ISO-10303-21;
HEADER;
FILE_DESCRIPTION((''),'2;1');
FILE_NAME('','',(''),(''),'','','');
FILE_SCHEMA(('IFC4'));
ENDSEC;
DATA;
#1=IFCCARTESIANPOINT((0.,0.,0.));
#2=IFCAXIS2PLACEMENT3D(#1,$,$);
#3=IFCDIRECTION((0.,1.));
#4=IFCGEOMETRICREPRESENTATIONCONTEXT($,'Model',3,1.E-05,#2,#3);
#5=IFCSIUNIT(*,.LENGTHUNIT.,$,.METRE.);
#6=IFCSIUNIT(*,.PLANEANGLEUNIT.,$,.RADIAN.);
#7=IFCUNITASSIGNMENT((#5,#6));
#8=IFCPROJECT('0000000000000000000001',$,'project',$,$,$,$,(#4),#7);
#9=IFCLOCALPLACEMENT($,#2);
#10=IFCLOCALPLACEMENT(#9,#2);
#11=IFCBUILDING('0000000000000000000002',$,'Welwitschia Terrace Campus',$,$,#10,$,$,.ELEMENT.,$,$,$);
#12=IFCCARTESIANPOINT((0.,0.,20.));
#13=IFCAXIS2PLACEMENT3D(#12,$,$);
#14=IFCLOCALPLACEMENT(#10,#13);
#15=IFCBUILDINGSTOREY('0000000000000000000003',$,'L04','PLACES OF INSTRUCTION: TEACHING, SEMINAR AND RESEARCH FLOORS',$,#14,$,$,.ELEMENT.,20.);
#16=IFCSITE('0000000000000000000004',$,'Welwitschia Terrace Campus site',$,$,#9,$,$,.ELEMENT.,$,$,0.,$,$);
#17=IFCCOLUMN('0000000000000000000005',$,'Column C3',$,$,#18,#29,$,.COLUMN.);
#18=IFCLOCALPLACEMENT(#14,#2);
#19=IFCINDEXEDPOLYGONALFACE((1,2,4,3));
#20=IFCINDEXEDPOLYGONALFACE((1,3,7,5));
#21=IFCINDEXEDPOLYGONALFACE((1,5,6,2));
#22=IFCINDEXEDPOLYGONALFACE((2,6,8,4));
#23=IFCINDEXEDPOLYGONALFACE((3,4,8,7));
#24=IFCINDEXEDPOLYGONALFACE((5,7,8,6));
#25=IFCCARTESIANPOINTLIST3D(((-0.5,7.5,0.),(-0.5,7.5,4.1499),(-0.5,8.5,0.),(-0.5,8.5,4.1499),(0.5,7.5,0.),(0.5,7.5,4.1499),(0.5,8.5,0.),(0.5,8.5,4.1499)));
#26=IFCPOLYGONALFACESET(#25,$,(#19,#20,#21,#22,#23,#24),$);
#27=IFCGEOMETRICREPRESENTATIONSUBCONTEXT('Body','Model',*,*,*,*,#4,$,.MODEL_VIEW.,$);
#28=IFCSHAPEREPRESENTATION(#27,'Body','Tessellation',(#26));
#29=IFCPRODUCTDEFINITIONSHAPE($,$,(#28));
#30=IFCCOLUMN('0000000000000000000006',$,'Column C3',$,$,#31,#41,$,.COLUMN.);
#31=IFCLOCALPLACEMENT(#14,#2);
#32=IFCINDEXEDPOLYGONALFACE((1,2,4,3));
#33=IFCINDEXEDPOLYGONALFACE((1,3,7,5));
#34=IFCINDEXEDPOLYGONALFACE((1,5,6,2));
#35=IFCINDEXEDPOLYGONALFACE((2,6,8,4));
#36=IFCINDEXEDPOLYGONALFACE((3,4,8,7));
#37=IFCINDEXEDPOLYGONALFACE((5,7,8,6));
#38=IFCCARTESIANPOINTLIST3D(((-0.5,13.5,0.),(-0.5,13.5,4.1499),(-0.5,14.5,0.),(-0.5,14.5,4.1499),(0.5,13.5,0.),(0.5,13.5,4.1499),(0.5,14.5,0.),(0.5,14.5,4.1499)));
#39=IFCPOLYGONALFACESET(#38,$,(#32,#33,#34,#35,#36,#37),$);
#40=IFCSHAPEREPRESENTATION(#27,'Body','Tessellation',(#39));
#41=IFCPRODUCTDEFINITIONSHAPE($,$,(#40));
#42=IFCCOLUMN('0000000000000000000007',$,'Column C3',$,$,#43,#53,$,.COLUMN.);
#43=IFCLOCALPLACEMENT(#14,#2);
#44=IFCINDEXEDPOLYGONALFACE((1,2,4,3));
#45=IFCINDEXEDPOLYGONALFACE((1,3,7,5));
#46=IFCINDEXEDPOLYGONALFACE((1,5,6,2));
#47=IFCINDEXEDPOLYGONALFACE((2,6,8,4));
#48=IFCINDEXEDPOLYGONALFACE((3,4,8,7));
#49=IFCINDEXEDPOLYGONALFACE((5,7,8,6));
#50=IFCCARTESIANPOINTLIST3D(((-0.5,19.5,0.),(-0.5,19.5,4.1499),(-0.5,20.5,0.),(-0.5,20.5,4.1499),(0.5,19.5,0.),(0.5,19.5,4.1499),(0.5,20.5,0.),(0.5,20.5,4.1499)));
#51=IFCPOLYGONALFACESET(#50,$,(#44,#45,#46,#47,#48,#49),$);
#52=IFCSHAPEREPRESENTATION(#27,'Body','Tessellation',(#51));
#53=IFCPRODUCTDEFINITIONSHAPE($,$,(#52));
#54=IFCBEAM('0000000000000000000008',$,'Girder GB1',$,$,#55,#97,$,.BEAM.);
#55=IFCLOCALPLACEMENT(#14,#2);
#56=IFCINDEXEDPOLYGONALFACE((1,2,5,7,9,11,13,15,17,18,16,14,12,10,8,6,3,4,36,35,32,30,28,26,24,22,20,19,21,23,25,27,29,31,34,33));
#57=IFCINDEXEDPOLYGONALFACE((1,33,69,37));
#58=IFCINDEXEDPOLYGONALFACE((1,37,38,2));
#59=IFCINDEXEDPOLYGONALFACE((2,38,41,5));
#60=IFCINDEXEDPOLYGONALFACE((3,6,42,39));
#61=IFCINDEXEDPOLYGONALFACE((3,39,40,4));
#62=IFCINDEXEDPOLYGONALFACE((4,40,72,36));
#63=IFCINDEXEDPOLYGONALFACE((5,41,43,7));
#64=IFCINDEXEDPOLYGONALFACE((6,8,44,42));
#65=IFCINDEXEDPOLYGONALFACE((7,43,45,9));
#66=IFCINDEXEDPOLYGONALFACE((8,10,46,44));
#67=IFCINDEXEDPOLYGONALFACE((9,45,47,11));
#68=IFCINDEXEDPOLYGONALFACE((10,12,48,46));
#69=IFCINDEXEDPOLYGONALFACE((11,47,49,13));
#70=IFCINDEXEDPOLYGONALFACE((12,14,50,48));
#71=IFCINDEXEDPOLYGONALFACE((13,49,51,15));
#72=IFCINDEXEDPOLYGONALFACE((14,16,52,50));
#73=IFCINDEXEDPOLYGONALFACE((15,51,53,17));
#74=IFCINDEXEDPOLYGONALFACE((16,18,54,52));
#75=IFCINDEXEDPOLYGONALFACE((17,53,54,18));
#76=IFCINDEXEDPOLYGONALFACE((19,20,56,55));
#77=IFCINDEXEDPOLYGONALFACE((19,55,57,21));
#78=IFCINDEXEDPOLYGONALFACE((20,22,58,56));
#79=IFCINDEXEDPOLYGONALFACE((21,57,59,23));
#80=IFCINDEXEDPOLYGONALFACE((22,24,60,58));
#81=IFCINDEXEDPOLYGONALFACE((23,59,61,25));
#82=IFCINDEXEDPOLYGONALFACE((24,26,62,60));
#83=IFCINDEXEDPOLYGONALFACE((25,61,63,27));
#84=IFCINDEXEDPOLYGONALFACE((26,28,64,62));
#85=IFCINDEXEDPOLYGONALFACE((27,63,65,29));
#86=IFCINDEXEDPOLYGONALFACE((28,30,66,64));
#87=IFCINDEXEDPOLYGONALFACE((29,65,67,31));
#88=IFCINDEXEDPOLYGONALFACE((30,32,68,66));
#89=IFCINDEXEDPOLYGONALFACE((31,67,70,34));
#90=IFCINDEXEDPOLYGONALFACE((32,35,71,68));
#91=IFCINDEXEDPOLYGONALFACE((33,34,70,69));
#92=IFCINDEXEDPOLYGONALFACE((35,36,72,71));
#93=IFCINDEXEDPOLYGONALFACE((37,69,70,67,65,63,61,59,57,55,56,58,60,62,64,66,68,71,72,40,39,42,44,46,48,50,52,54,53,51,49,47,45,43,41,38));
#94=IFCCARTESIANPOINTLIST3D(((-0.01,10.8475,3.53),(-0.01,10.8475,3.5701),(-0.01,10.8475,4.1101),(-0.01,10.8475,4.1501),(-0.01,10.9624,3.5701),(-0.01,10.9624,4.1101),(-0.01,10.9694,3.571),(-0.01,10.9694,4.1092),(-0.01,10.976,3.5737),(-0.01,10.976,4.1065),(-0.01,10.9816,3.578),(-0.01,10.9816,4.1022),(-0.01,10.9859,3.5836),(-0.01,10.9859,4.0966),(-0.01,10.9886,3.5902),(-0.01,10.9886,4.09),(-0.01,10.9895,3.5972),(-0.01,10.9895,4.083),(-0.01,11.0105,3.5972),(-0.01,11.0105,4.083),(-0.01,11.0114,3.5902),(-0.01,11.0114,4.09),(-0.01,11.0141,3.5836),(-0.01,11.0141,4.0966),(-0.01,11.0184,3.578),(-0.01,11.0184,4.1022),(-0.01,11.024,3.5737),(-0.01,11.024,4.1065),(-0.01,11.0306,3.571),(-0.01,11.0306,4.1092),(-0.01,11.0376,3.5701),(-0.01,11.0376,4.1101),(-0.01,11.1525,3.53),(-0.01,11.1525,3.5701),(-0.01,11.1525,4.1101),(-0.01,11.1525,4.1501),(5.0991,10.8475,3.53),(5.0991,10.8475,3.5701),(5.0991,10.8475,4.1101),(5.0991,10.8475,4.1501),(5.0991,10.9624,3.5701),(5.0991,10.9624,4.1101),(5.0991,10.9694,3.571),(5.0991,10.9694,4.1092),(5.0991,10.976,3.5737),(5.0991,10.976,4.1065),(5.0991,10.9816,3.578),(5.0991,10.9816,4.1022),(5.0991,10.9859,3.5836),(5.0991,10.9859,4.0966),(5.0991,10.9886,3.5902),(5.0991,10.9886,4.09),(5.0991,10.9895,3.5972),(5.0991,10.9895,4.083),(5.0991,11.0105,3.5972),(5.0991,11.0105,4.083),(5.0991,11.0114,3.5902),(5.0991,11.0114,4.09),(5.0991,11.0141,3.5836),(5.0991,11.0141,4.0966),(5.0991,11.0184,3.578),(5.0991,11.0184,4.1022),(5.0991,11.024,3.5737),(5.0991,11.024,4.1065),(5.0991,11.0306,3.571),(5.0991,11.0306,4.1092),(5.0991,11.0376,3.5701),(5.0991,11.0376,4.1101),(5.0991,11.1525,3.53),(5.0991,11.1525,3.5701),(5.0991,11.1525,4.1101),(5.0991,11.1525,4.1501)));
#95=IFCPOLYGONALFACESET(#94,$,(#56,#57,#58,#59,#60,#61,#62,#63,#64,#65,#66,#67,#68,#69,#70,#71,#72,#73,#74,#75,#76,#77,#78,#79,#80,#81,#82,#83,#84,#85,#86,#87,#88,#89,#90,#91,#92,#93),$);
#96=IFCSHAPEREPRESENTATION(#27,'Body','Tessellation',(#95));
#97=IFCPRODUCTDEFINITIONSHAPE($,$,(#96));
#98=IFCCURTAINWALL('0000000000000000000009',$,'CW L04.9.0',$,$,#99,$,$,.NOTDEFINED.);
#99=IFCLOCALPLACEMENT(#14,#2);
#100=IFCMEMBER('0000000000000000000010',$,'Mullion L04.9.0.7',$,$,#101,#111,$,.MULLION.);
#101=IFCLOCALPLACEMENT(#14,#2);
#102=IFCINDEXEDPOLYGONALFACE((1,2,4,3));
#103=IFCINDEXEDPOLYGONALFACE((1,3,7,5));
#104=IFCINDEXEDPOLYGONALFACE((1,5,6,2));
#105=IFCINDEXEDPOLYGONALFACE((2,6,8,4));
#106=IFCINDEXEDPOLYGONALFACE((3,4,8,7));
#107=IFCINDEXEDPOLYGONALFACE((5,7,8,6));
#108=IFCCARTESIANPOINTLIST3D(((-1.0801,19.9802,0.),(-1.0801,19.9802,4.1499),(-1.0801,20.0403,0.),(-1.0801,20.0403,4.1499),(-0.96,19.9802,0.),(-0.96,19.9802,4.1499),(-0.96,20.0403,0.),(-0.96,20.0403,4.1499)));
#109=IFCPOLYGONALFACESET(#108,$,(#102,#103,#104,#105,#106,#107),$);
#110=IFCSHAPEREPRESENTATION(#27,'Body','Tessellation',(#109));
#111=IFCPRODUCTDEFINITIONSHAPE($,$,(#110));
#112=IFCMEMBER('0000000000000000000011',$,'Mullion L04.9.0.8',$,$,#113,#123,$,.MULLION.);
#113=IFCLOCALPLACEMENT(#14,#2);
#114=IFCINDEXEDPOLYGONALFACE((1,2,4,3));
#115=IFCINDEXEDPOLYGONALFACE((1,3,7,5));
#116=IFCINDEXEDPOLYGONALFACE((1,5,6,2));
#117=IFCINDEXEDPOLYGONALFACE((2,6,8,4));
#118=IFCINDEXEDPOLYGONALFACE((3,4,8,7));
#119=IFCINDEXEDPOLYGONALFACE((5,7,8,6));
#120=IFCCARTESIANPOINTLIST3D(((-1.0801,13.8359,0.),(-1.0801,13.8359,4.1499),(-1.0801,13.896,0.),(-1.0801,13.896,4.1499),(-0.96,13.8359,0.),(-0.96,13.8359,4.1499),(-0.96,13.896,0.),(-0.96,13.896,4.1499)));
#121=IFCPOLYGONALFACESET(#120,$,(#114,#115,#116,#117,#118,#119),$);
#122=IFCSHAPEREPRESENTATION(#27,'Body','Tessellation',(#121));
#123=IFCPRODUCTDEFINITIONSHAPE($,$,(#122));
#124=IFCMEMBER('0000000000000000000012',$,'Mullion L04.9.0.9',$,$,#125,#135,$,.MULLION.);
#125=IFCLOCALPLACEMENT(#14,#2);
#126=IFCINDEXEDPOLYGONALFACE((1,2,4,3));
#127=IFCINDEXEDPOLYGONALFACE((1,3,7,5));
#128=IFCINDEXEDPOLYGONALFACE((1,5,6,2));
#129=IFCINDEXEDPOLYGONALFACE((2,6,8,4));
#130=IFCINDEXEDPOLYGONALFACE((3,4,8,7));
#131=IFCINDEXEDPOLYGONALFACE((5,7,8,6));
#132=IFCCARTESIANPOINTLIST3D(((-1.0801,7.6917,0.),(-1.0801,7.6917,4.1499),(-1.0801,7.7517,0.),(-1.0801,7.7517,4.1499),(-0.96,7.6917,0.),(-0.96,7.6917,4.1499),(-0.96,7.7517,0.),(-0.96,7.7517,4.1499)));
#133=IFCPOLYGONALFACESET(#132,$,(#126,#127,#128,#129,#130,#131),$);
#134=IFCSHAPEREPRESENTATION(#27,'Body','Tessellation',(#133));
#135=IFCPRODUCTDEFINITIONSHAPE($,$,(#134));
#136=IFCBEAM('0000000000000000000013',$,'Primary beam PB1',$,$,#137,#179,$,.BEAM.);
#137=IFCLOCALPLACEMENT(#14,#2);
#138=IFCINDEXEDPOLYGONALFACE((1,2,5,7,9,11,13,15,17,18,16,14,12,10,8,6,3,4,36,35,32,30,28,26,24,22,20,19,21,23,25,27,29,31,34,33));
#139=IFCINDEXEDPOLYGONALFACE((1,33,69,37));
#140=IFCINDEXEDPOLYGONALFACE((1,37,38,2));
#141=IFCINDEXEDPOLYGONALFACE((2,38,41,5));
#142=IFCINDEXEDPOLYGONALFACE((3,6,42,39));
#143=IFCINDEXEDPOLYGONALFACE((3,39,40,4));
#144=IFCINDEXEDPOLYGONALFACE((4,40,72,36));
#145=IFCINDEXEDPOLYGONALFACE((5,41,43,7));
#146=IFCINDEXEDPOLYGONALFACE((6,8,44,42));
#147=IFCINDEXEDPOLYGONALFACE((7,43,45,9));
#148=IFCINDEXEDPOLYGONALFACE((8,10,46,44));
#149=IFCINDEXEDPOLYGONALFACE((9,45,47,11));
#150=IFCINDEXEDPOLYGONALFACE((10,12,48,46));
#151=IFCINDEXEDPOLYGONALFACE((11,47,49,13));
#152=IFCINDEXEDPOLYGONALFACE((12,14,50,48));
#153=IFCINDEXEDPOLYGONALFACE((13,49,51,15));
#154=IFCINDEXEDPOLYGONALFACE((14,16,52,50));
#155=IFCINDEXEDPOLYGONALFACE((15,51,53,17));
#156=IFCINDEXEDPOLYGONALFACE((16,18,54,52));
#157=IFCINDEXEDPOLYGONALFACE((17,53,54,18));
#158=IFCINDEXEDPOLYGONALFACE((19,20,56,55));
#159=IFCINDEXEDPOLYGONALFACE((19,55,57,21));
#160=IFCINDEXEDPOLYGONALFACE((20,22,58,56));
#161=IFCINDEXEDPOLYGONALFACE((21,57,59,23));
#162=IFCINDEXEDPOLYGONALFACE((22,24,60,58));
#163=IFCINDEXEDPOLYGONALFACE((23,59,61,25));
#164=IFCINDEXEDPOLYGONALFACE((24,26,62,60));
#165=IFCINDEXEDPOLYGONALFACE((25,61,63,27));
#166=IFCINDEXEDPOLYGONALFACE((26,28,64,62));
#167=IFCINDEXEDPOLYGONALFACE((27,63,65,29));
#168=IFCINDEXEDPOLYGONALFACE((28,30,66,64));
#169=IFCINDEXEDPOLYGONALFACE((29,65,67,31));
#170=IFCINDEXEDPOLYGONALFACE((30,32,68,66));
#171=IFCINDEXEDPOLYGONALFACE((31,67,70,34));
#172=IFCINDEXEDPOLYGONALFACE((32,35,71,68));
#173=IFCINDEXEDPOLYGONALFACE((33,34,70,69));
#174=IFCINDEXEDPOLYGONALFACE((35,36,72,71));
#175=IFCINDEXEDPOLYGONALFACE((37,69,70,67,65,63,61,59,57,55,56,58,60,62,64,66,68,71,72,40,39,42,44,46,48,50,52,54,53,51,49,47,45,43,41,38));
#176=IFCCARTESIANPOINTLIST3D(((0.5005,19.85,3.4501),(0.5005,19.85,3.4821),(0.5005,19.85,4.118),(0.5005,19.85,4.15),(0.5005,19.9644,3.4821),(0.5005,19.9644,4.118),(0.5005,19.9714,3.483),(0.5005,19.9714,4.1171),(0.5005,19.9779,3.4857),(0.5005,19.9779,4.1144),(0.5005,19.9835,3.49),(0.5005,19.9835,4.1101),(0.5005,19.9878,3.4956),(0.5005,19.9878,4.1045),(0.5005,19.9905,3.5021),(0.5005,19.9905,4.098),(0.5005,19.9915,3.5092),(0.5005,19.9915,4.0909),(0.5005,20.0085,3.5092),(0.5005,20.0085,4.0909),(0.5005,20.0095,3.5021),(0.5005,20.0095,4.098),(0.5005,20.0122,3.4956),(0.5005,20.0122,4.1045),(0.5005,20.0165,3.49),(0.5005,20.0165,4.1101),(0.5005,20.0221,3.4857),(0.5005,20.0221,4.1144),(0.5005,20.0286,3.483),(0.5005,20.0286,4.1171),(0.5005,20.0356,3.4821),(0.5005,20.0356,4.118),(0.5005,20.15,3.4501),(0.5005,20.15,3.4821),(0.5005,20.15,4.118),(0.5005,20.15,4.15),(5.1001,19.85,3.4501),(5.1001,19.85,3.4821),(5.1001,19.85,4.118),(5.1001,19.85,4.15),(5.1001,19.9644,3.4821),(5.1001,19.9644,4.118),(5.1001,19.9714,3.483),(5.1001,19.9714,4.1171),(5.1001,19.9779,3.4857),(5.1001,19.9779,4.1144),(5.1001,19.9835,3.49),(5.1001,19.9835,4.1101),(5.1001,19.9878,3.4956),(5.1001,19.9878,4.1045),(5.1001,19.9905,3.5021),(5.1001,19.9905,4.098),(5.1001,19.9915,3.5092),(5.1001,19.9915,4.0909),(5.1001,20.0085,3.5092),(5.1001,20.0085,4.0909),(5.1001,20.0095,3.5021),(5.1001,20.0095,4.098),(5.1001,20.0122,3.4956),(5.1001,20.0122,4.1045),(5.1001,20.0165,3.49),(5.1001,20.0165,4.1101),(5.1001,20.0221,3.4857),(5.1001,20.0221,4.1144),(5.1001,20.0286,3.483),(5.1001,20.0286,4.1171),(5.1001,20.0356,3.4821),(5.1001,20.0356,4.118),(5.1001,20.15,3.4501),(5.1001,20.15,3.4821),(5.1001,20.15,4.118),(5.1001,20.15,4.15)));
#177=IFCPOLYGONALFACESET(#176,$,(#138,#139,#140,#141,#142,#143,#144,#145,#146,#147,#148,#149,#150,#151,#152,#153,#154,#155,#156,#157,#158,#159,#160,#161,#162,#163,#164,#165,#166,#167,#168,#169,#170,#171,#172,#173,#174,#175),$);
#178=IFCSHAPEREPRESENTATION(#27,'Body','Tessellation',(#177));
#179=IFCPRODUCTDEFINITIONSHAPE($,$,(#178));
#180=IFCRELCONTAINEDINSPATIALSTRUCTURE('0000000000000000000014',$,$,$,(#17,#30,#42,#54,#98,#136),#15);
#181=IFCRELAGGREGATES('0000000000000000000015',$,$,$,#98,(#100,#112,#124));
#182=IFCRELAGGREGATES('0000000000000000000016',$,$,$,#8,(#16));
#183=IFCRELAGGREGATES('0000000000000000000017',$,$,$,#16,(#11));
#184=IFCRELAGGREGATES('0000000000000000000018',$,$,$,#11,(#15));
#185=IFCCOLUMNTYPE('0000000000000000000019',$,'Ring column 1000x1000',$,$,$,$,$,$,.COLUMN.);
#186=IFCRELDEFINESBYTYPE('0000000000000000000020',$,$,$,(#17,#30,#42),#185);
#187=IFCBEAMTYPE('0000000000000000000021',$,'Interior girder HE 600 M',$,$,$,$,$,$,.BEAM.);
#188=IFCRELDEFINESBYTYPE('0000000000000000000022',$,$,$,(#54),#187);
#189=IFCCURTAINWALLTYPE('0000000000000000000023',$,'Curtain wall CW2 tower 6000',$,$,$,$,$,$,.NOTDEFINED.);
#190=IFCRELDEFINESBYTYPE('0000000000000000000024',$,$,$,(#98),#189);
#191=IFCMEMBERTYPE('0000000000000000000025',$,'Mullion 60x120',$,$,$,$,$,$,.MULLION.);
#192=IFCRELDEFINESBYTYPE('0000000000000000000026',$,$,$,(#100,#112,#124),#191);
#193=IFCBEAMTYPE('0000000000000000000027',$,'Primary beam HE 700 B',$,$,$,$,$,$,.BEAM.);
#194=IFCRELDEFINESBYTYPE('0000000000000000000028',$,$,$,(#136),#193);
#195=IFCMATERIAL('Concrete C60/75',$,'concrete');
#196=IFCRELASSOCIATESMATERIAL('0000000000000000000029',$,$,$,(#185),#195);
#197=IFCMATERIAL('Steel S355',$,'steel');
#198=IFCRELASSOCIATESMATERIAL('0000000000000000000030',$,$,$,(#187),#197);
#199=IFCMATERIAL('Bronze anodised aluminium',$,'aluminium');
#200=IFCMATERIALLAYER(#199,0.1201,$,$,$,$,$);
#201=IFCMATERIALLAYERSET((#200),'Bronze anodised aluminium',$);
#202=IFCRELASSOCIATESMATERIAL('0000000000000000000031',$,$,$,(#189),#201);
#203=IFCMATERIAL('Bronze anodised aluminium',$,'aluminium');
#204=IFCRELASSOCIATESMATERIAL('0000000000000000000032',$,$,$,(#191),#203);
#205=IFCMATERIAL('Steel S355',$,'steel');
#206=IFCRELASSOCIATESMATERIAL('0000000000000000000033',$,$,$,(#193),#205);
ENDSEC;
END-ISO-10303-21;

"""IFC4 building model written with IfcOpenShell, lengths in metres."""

from ifc_helpers import new_model, si_unit, direction, frame, origin, origin_2d, place, context, subcontext, project, spatial, rectangle, i_section, extrude, material, layer, layer_set, material_profile, profile_set, type_object, element, aggregate, save


model = new_model("IFC4")

# Units and contexts
model_context = context("Model", 3, precision=1e-05, world=origin(), true_north=direction((0.0, 1.0)))
body_context = subcontext(model_context, "Body", "Model", "MODEL_VIEW")
ifc_project = project(units=[si_unit("LENGTHUNIT", "METRE"), si_unit("PLANEANGLEUNIT", "RADIAN")], contexts=[model_context])

# Site, building, storey
site_placement = place(None, origin())
site = spatial("IfcSite", under=ifc_project, at=site_placement, Name="Welwitschia Terrace Campus site", CompositionType="ELEMENT", RefElevation=0.0)
building_placement = place(site_placement, origin())
building = spatial("IfcBuilding", under=site, at=building_placement, Name="Welwitschia Terrace Campus", CompositionType="ELEMENT")
storey_placement = place(building_placement, frame((0.0, 0.0, 20.0)))
storey = spatial("IfcBuildingStorey", under=building, at=storey_placement, Name="L04", Description="PLACES OF INSTRUCTION: TEACHING, SEMINAR AND RESEARCH FLOORS", CompositionType="ELEMENT", Elevation=20.0)

# Columns
ifc_material_1 = material(Name="Concrete C60/75", Category="concrete")
ifc_material_profile_1 = material_profile(ifc_material_1, rectangle(XDim=1.0, YDim=1.0, at=origin_2d()))
ifc_profile_set_1 = profile_set([ifc_material_profile_1], Name="Concrete C60/75")
column_type = type_object("IfcColumnType", Name="Ring column 1000x1000", PredefinedType="COLUMN", material=ifc_profile_set_1)
for number, where, z_axis, x_axis, name in (
    (1, (0.0, 8.0, 0.0), (0.0, 0.0, 1.0), (1.0, 0.0, 0.0), "Column C3"),
    (2, (0.0, 14.0, 0.0), (0.0, 0.0, 1.0), (1.0, 0.0, 0.0), "Column C3"),
    (3, (0.0, 20.0, 0.0), (0.0, 0.0, 1.0), (1.0, 0.0, 0.0), "Column C3"),
):
    element("IfcColumn", number, at=place(storey_placement, frame(where, z_axis=z_axis, x_axis=x_axis)), inside=storey, type_object=column_type, Name=name, PredefinedType="COLUMN", context=body_context, shape_type="SweptSolid", body=[
        extrude(rectangle(XDim=1.0, YDim=1.0, at=origin_2d()), origin(), (0.0, 0.0, 1.0), 4.1499),
    ])

# Beam
ifc_material_2 = material(Name="Steel S355", Category="steel")
ifc_material_profile_2 = material_profile(ifc_material_2, i_section(OverallWidth=0.3049, OverallDepth=0.6201, WebThickness=0.021, FlangeThickness=0.04, FilletRadius=0.0271, at=origin_2d()))
ifc_profile_set_2 = profile_set([ifc_material_profile_2], Name="Steel S355")
beam_type_1 = type_object("IfcBeamType", Name="Interior girder HE 600 M", PredefinedType="BEAM", material=ifc_profile_set_2)
beam_1_placement = place(storey_placement, frame((-0.01, 11.0, 3.8401), z_axis=(1.0, 0.0, 0.0), x_axis=(0.0, 1.0, 0.0)))
element("IfcBeam", 4, at=beam_1_placement, inside=storey, type_object=beam_type_1, Name="Girder GB1", PredefinedType="BEAM", context=body_context, shape_type="SweptSolid", body=[
    extrude(i_section(OverallWidth=0.3049, OverallDepth=0.6201, WebThickness=0.021, FlangeThickness=0.04, FilletRadius=0.0271, at=origin_2d()), origin(), (0.0, 0.0, 1.0), 5.1091),
])

# Curtain wall, members
ifc_material_3 = material(Name="Bronze anodised aluminium", Category="aluminium")
ifc_layer_1 = layer(ifc_material_3, 0.1201)
ifc_layer_set_1 = layer_set([ifc_layer_1], Name="Bronze anodised aluminium")
curtain_wall_type = type_object("IfcCurtainWallType", Name="Curtain wall CW2 tower 6000", PredefinedType="NOTDEFINED", material=ifc_layer_set_1)
curtain_wall_placement = place(storey_placement, origin())
curtain_wall = element("IfcCurtainWall", 5, at=curtain_wall_placement, inside=storey, type_object=curtain_wall_type, Name="CW L04.9.0", PredefinedType="NOTDEFINED")
ifc_material_4 = material(Name="Bronze anodised aluminium", Category="aluminium")
ifc_material_profile_3 = material_profile(ifc_material_4, rectangle(XDim=0.1201, YDim=0.0601, at=origin_2d()))
ifc_profile_set_3 = profile_set([ifc_material_profile_3], Name="Bronze anodised aluminium")
member_type = type_object("IfcMemberType", Name="Mullion 60x120", PredefinedType="MULLION", material=ifc_profile_set_3)
member_1_placement = place(storey_placement, frame((-1.02, 20.0103, 0.0), z_axis=(0.0, 0.0, 1.0), x_axis=(1.0, 0.0, 0.0)))
member_1 = element("IfcMember", 6, at=member_1_placement, type_object=member_type, Name="Mullion L04.9.0.7", PredefinedType="MULLION", context=body_context, shape_type="SweptSolid", body=[
    extrude(rectangle(XDim=0.1201, YDim=0.0601, at=origin_2d()), origin(), (0.0, 0.0, 1.0), 4.1499),
])
member_2_placement = place(storey_placement, frame((-1.02, 13.866, 0.0), z_axis=(0.0, 0.0, 1.0), x_axis=(1.0, 0.0, 0.0)))
member_2 = element("IfcMember", 7, at=member_2_placement, type_object=member_type, Name="Mullion L04.9.0.8", PredefinedType="MULLION", context=body_context, shape_type="SweptSolid", body=[
    extrude(rectangle(XDim=0.1201, YDim=0.0601, at=origin_2d()), origin(), (0.0, 0.0, 1.0), 4.1499),
])
member_3_placement = place(storey_placement, frame((-1.02, 7.7217, 0.0), z_axis=(0.0, 0.0, 1.0), x_axis=(1.0, 0.0, 0.0)))
member_3 = element("IfcMember", 8, at=member_3_placement, type_object=member_type, Name="Mullion L04.9.0.9", PredefinedType="MULLION", context=body_context, shape_type="SweptSolid", body=[
    extrude(rectangle(XDim=0.1201, YDim=0.0601, at=origin_2d()), origin(), (0.0, 0.0, 1.0), 4.1499),
])

# Beam
ifc_material_5 = material(Name="Steel S355", Category="steel")
ifc_material_profile_4 = material_profile(ifc_material_5, i_section(OverallWidth=0.3, OverallDepth=0.7, WebThickness=0.0171, FlangeThickness=0.032, FilletRadius=0.0271, at=origin_2d()))
ifc_profile_set_4 = profile_set([ifc_material_profile_4], Name="Steel S355")
beam_type_2 = type_object("IfcBeamType", Name="Primary beam HE 700 B", PredefinedType="BEAM", material=ifc_profile_set_4)
for number, where, z_axis, x_axis, name in (
    (9, (0.5005, 20.0, 3.8), (1.0, 0.0, 0.0), (0.0, 1.0, 0.0), "Primary beam PB1"),
):
    element("IfcBeam", number, at=place(storey_placement, frame(where, z_axis=z_axis, x_axis=x_axis)), inside=storey, type_object=beam_type_2, Name=name, PredefinedType="BEAM", context=body_context, shape_type="SweptSolid", body=[
        extrude(i_section(OverallWidth=0.3, OverallDepth=0.7, WebThickness=0.0171, FlangeThickness=0.032, FilletRadius=0.0271, at=origin_2d()), origin(), (0.0, 0.0, 1.0), 4.5996),
    ])

aggregate(curtain_wall, [member_1, member_2, member_3])

save(model, "model.ifc")
